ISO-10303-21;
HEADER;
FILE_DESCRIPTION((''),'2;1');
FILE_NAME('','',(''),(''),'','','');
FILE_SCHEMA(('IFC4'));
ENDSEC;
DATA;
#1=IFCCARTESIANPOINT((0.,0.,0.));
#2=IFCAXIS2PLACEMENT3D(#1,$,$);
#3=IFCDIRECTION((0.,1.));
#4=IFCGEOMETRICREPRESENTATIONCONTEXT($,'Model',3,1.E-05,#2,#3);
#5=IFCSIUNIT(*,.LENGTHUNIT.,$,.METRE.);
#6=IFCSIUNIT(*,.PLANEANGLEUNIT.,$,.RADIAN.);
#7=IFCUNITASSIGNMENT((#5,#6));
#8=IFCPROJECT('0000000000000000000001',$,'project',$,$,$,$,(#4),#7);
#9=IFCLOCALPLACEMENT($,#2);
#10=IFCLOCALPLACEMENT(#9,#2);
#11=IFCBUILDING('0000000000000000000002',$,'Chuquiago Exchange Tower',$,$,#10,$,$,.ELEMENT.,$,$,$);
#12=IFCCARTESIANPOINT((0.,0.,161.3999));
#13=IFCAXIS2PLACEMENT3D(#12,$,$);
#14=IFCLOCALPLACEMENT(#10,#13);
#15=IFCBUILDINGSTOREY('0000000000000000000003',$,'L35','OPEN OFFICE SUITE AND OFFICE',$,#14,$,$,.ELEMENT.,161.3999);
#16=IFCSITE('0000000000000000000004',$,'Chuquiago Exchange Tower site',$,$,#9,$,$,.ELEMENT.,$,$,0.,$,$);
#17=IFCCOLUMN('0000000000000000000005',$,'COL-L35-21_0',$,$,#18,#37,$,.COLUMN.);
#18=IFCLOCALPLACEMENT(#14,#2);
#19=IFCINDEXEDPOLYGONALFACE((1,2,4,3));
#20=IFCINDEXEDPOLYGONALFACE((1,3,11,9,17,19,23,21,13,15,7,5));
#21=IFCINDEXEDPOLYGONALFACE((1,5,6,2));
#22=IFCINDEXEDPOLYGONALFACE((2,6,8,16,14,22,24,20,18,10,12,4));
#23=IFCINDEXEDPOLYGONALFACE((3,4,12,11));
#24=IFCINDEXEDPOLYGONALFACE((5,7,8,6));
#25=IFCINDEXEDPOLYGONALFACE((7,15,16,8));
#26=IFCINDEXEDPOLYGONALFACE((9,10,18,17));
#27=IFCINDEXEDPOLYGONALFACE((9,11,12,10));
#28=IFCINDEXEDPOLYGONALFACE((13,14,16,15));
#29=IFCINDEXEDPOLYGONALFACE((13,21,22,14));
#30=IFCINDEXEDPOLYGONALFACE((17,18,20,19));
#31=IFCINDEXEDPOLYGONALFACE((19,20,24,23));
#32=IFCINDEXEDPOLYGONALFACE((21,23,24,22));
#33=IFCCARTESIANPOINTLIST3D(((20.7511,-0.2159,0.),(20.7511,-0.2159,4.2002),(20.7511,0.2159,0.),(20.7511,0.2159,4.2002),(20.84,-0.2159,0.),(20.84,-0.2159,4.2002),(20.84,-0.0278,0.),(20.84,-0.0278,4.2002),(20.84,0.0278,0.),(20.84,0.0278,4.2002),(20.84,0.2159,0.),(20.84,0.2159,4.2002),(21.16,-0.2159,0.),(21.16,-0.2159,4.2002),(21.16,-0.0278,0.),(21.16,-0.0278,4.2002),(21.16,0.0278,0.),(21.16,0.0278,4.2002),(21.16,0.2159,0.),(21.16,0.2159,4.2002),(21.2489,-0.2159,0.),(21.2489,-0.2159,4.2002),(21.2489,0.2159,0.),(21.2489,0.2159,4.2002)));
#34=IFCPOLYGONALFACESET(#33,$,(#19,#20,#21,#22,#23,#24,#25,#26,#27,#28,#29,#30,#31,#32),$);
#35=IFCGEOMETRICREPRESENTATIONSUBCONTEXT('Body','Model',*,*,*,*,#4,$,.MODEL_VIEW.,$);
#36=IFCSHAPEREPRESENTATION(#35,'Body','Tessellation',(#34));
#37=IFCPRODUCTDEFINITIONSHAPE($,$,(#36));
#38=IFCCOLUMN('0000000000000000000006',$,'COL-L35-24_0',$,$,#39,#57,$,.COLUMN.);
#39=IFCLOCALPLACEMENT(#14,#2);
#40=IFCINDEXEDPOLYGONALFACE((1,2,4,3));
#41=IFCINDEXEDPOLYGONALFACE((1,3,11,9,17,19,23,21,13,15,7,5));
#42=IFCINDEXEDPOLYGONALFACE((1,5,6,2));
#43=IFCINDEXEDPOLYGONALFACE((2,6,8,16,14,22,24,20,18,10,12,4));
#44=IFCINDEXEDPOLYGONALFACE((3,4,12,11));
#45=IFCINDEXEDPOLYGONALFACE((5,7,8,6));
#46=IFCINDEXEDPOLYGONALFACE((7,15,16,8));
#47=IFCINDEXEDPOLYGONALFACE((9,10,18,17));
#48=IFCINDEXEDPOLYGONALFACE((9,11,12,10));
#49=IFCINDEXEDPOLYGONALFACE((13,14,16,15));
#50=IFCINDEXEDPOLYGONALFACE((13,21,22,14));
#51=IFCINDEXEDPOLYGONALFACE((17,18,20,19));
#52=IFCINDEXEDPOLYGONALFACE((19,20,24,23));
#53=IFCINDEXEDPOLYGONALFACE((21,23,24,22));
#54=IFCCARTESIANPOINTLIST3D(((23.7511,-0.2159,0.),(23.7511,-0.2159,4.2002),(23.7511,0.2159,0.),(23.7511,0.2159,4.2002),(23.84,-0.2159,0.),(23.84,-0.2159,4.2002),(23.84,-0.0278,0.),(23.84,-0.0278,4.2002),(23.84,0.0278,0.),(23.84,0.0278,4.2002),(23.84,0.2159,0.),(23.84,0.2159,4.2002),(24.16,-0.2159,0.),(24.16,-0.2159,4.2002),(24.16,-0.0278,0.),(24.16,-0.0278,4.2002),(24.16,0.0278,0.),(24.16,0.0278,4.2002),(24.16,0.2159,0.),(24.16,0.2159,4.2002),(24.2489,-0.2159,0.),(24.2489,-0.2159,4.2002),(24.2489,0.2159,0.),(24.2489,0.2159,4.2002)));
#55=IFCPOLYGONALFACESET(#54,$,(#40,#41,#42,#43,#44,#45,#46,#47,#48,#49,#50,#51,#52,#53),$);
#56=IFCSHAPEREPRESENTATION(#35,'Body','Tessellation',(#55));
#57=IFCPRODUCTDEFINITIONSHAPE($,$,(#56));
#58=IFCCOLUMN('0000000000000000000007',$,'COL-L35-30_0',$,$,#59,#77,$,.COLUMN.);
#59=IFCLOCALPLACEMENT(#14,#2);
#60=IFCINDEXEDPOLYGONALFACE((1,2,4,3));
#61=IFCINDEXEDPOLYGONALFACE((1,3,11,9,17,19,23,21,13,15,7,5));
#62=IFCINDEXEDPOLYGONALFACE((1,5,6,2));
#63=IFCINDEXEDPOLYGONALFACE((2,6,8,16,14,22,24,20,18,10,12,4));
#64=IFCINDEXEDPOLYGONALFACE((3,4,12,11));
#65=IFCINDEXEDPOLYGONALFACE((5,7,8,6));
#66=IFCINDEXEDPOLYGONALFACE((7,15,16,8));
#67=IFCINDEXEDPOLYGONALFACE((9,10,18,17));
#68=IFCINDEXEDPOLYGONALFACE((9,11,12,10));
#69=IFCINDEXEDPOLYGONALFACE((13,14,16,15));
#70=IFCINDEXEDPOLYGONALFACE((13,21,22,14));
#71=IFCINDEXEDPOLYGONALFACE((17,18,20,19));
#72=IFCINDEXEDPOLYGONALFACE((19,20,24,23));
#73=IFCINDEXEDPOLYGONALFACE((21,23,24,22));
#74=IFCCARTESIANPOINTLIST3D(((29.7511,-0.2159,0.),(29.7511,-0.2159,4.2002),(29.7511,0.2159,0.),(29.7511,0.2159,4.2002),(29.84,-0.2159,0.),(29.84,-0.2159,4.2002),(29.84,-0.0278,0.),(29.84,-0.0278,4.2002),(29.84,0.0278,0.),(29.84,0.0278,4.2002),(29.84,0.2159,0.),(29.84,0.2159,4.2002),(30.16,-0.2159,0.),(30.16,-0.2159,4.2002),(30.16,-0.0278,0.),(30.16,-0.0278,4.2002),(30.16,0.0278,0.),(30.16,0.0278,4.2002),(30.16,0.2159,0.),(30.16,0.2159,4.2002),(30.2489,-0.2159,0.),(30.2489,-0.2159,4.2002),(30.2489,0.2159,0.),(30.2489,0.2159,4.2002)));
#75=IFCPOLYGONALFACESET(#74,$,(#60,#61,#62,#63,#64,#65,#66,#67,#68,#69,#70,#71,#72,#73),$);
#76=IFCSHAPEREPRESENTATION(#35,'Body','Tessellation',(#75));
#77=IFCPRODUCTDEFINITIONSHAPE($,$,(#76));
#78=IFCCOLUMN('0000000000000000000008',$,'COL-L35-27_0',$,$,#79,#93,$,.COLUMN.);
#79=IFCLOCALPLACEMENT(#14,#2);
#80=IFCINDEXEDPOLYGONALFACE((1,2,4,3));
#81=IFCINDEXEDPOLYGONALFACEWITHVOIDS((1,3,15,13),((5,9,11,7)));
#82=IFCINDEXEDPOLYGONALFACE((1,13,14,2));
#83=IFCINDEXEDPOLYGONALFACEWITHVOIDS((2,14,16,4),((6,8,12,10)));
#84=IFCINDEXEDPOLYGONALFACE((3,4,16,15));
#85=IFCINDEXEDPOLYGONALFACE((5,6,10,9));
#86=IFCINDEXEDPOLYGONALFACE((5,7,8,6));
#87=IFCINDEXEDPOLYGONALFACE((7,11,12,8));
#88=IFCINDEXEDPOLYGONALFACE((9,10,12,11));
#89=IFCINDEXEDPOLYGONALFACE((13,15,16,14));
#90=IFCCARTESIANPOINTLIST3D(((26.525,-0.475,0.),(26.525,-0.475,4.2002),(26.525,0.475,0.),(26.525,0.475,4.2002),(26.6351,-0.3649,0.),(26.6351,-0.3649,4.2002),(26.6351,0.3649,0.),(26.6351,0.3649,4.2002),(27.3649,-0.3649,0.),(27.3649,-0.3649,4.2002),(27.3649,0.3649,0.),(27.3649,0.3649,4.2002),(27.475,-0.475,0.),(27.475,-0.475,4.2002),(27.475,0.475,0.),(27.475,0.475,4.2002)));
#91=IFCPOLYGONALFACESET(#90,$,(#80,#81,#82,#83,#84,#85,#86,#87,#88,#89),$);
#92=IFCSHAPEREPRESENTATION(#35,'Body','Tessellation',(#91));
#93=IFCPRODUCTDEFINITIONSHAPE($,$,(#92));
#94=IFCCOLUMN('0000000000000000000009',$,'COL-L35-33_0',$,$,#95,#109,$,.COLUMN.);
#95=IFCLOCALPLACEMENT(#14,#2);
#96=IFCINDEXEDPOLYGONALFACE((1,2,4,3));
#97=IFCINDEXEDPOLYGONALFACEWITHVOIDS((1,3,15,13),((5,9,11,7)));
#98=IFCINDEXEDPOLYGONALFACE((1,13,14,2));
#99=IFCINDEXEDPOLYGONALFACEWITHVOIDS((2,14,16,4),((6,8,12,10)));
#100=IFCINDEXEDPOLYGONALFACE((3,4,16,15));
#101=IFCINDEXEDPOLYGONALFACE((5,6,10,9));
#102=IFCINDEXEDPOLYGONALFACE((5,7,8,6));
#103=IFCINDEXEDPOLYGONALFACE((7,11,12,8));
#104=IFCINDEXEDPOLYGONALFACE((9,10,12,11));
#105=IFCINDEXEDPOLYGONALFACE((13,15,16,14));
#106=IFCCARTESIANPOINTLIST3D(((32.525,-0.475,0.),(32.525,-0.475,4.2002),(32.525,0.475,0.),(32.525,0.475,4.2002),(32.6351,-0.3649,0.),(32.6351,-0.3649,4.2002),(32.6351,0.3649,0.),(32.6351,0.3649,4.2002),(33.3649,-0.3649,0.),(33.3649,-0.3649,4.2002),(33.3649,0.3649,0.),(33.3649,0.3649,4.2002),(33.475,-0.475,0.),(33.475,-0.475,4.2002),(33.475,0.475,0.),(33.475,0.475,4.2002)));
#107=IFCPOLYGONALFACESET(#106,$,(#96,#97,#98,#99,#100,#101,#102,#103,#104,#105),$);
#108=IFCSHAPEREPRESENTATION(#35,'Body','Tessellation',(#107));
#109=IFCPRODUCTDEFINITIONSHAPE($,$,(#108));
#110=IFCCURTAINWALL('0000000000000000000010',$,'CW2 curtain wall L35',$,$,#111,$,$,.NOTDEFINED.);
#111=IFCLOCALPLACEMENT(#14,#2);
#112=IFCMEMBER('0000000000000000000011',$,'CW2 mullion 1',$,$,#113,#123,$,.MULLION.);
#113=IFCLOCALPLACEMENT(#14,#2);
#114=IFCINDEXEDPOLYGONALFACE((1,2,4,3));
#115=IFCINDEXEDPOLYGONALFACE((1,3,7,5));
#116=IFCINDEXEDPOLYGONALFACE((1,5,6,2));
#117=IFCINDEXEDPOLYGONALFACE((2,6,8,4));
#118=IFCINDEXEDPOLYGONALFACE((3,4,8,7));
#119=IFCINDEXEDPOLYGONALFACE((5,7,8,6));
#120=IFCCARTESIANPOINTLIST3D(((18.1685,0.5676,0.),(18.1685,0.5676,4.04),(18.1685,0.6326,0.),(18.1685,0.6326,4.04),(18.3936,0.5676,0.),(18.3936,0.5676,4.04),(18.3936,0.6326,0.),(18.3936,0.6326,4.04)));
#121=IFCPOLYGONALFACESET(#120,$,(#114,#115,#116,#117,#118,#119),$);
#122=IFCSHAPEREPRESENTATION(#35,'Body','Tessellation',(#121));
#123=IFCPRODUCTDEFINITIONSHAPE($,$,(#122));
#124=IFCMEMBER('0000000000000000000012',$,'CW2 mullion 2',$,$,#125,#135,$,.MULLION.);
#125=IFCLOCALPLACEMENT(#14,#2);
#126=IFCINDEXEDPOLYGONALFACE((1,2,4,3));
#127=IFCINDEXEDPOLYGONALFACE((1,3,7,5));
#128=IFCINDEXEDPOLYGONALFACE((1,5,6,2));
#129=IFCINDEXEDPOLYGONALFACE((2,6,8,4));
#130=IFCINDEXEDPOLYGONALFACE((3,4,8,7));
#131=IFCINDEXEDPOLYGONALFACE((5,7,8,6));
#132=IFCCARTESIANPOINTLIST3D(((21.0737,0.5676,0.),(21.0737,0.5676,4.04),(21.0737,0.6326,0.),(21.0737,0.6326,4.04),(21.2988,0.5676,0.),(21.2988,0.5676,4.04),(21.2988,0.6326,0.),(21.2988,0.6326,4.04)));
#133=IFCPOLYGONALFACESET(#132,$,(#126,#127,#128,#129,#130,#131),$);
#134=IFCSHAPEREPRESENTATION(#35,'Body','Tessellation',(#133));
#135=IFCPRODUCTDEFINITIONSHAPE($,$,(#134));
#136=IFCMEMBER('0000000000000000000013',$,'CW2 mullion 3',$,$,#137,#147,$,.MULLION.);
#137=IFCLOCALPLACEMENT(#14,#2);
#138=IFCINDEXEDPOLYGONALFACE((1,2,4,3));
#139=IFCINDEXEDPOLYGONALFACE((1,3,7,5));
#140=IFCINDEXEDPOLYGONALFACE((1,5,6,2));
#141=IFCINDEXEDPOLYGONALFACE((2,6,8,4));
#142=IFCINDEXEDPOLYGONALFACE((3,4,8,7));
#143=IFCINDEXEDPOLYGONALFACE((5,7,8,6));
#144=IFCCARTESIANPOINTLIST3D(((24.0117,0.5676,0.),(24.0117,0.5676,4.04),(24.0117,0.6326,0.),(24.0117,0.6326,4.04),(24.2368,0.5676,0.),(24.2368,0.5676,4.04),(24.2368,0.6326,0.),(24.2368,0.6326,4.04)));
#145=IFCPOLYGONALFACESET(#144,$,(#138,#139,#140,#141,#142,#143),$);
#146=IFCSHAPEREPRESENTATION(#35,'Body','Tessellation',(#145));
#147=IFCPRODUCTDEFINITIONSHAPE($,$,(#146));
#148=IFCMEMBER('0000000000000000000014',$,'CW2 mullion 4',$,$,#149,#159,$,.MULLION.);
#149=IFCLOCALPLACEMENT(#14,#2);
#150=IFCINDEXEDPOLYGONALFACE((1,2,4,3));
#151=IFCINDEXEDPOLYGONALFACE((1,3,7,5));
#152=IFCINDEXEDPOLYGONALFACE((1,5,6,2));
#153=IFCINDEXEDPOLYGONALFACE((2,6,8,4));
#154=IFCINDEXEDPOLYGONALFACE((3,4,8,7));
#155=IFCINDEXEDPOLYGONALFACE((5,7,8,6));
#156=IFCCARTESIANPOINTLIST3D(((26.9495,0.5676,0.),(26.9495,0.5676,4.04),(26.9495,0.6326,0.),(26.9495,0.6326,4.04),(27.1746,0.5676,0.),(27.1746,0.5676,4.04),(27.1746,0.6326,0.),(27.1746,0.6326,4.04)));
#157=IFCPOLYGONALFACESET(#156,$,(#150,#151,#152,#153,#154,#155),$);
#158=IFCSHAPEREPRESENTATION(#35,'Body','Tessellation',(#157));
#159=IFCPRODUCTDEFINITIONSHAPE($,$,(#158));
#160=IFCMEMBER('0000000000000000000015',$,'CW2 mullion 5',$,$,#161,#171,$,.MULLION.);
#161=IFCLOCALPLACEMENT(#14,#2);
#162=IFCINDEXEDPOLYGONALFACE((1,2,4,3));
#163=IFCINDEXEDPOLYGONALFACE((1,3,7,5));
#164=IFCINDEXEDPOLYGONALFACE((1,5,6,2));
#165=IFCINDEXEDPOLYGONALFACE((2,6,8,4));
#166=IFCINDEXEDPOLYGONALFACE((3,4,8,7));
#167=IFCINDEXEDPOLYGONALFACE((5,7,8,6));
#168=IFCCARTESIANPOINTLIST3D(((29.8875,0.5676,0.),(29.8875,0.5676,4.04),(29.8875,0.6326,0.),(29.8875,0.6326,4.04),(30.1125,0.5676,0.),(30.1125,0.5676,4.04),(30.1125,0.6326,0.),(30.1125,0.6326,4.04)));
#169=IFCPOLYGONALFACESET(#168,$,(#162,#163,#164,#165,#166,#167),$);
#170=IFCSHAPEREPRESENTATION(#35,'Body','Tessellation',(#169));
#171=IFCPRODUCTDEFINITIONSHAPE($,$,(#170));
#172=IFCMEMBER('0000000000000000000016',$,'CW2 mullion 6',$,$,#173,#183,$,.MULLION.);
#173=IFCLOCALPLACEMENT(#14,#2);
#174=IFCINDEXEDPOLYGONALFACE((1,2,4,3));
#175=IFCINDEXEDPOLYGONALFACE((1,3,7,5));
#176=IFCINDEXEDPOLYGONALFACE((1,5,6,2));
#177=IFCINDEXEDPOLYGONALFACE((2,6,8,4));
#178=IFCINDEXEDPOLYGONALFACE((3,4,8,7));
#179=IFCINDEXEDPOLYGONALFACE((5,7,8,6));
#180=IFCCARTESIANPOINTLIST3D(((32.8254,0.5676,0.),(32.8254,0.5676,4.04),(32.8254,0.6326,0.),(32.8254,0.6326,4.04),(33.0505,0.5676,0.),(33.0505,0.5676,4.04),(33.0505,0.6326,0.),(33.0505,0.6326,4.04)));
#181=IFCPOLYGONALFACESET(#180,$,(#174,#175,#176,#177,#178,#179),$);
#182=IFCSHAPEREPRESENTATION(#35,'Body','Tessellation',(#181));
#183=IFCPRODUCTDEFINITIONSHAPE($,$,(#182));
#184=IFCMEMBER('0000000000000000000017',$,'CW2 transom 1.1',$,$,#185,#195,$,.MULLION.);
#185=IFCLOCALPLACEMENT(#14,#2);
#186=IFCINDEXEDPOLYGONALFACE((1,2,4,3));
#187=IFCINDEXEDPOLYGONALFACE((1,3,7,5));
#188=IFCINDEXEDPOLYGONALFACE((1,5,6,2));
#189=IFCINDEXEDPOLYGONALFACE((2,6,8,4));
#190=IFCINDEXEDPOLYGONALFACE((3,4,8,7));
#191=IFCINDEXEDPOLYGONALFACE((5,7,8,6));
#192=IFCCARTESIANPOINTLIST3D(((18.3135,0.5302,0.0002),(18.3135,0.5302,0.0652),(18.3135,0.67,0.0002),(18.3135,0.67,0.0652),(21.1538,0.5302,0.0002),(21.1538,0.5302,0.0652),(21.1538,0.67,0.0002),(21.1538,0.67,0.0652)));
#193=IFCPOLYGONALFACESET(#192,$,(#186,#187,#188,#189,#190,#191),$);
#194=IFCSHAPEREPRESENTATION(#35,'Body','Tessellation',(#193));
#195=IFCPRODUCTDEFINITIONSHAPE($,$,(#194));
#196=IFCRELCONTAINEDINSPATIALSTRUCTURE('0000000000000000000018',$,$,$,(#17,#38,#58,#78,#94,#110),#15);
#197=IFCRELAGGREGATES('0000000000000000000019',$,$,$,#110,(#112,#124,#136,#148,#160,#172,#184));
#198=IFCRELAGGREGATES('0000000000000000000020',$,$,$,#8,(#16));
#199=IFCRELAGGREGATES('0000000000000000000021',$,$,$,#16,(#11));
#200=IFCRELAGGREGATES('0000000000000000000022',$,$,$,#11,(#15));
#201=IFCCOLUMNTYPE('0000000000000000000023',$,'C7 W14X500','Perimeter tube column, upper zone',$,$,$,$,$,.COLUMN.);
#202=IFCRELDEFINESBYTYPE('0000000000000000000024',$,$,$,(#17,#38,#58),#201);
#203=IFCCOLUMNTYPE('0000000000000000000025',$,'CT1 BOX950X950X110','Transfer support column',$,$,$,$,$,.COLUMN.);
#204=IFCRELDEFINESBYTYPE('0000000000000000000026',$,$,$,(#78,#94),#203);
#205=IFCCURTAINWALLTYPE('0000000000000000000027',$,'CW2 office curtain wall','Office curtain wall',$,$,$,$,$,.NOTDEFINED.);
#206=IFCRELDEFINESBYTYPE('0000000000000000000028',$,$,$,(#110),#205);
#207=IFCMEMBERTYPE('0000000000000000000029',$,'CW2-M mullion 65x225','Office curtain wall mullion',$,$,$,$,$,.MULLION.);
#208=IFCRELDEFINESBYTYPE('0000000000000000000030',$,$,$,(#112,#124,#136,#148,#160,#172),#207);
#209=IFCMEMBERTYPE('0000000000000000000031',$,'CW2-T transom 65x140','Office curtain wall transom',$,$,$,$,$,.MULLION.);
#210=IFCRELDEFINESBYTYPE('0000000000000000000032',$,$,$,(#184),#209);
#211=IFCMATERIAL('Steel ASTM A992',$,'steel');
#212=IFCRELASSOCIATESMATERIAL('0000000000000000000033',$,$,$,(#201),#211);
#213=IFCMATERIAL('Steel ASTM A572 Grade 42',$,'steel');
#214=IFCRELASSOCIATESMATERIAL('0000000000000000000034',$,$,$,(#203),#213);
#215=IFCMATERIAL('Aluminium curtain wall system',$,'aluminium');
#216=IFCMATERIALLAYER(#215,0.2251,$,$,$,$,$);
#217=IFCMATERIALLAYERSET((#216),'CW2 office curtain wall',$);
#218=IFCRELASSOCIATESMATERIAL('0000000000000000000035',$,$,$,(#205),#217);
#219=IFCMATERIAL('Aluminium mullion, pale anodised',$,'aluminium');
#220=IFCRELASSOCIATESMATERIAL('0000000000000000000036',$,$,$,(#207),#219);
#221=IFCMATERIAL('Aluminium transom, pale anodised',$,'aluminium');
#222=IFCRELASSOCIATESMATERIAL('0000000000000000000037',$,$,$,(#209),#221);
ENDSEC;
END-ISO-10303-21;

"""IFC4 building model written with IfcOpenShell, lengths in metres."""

from ifc_helpers import new_model, si_unit, direction, frame, origin, origin_2d, place, context, subcontext, project, spatial, rectangle, hollow_rectangle, i_section, extrude, material, layer, layer_set, material_profile, profile_set, type_object, element, aggregate, save


model = new_model("IFC4")

# Units and contexts
model_context = context("Model", 3, precision=1e-05, world=origin(), true_north=direction((0.0, 1.0)))
body_context = subcontext(model_context, "Body", "Model", "MODEL_VIEW")
ifc_project = project(units=[si_unit("LENGTHUNIT", "METRE"), si_unit("PLANEANGLEUNIT", "RADIAN")], contexts=[model_context])

# Site, building, storey
site_placement = place(None, origin())
site = spatial("IfcSite", under=ifc_project, at=site_placement, Name="Chuquiago Exchange Tower site", CompositionType="ELEMENT", RefElevation=0.0)
building_placement = place(site_placement, origin())
building = spatial("IfcBuilding", under=site, at=building_placement, Name="Chuquiago Exchange Tower", CompositionType="ELEMENT")
storey_placement = place(building_placement, frame((0.0, 0.0, 161.3999)))
storey = spatial("IfcBuildingStorey", under=building, at=storey_placement, Name="L35", Description="OPEN OFFICE SUITE AND OFFICE", CompositionType="ELEMENT", Elevation=161.3999)

# Columns
ifc_material_1 = material(Name="Steel ASTM A992", Category="steel")
ifc_material_profile_1 = material_profile(ifc_material_1, i_section(OverallWidth=0.4319, OverallDepth=0.4978, WebThickness=0.0557, FlangeThickness=0.0889, at=origin_2d()), Name="W14X500")
ifc_profile_set_1 = profile_set([ifc_material_profile_1], Name="Steel ASTM A992")
column_type_1 = type_object("IfcColumnType", Name="C7 W14X500", Description="Perimeter tube column, upper zone", PredefinedType="COLUMN", material=ifc_profile_set_1)
for number, where, z_axis, x_axis, name in (
    (1, (21.0, 0.0, 0.0), (0.0, 0.0, 1.0), (0.0, -1.0, 0.0), "COL-L35-21_0"),
    (2, (24.0, 0.0, 0.0), (0.0, 0.0, 1.0), (0.0, -1.0, 0.0), "COL-L35-24_0"),
    (3, (30.0, 0.0, 0.0), (0.0, 0.0, 1.0), (0.0, -1.0, 0.0), "COL-L35-30_0"),
):
    element("IfcColumn", number, at=place(storey_placement, frame(where, z_axis=z_axis, x_axis=x_axis)), inside=storey, type_object=column_type_1, Name=name, PredefinedType="COLUMN", context=body_context, shape_type="SweptSolid", body=[
        extrude(i_section(OverallWidth=0.4319, OverallDepth=0.4978, WebThickness=0.0557, FlangeThickness=0.0889, at=origin_2d()), origin(), (0.0, 0.0, 1.0), 4.2002),
    ])
ifc_material_2 = material(Name="Steel ASTM A572 Grade 42", Category="steel")
ifc_material_profile_2 = material_profile(ifc_material_2, hollow_rectangle(XDim=0.95, YDim=0.95, WallThickness=0.1101, at=origin_2d()), Name="BOX950X950X110")
ifc_profile_set_2 = profile_set([ifc_material_profile_2], Name="Steel ASTM A572 Grade 42")
column_type_2 = type_object("IfcColumnType", Name="CT1 BOX950X950X110", Description="Transfer support column", PredefinedType="COLUMN", material=ifc_profile_set_2)
for number, where, z_axis, x_axis, name in (
    (4, (27.0, 0.0, 0.0), (0.0, 0.0, 1.0), (0.0, -1.0, 0.0), "COL-L35-27_0"),
    (5, (33.0, 0.0, 0.0), (0.0, 0.0, 1.0), (0.0, -1.0, 0.0), "COL-L35-33_0"),
):
    element("IfcColumn", number, at=place(storey_placement, frame(where, z_axis=z_axis, x_axis=x_axis)), inside=storey, type_object=column_type_2, Name=name, PredefinedType="COLUMN", context=body_context, shape_type="SweptSolid", body=[
        extrude(hollow_rectangle(XDim=0.95, YDim=0.95, WallThickness=0.1101, at=origin_2d()), origin(), (0.0, 0.0, 1.0), 4.2002),
    ])

# Curtain wall, members
ifc_material_3 = material(Name="Aluminium curtain wall system", Category="aluminium")
ifc_layer_1 = layer(ifc_material_3, 0.2251)
ifc_layer_set_1 = layer_set([ifc_layer_1], Name="CW2 office curtain wall")
curtain_wall_type_1 = type_object("IfcCurtainWallType", Name="CW2 office curtain wall", Description="Office curtain wall", PredefinedType="NOTDEFINED", material=ifc_layer_set_1)
curtain_wall_1_placement = place(storey_placement, origin())
curtain_wall_1 = element("IfcCurtainWall", 6, at=curtain_wall_1_placement, inside=storey, type_object=curtain_wall_type_1, Name="CW2 curtain wall L35", PredefinedType="NOTDEFINED")
ifc_material_4 = material(Name="Aluminium mullion, pale anodised", Category="aluminium")
ifc_material_profile_3 = material_profile(ifc_material_4, rectangle(XDim=0.0649, YDim=0.2251, at=origin_2d()), Name="AL 65x225")
ifc_profile_set_3 = profile_set([ifc_material_profile_3], Name="Aluminium mullion, pale anodised")
member_type_1 = type_object("IfcMemberType", Name="CW2-M mullion 65x225", Description="Office curtain wall mullion", PredefinedType="MULLION", material=ifc_profile_set_3)
member_1_placement = place(storey_placement, frame((18.281, 0.6001, 0.0), z_axis=(0.0, 0.0, 1.0), x_axis=(0.0, 1.0, 0.0)))
member_1 = element("IfcMember", 7, at=member_1_placement, type_object=member_type_1, Name="CW2 mullion 1", PredefinedType="MULLION", context=body_context, shape_type="SweptSolid", body=[
    extrude(rectangle(XDim=0.0649, YDim=0.2251, at=origin_2d()), origin(), (0.0, 0.0, 1.0), 4.04),
])
member_2_placement = place(storey_placement, frame((21.1863, 0.6001, 0.0), z_axis=(0.0, 0.0, 1.0), x_axis=(0.0, 1.0, 0.0)))
member_2 = element("IfcMember", 8, at=member_2_placement, type_object=member_type_1, Name="CW2 mullion 2", PredefinedType="MULLION", context=body_context, shape_type="SweptSolid", body=[
    extrude(rectangle(XDim=0.0649, YDim=0.2251, at=origin_2d()), origin(), (0.0, 0.0, 1.0), 4.04),
])
member_3_placement = place(storey_placement, frame((24.1243, 0.6001, 0.0), z_axis=(0.0, 0.0, 1.0), x_axis=(0.0, 1.0, 0.0)))
member_3 = element("IfcMember", 9, at=member_3_placement, type_object=member_type_1, Name="CW2 mullion 3", PredefinedType="MULLION", context=body_context, shape_type="SweptSolid", body=[
    extrude(rectangle(XDim=0.0649, YDim=0.2251, at=origin_2d()), origin(), (0.0, 0.0, 1.0), 4.04),
])
member_4_placement = place(storey_placement, frame((27.062, 0.6001, 0.0), z_axis=(0.0, 0.0, 1.0), x_axis=(0.0, 1.0, 0.0)))
member_4 = element("IfcMember", 10, at=member_4_placement, type_object=member_type_1, Name="CW2 mullion 4", PredefinedType="MULLION", context=body_context, shape_type="SweptSolid", body=[
    extrude(rectangle(XDim=0.0649, YDim=0.2251, at=origin_2d()), origin(), (0.0, 0.0, 1.0), 4.04),
])
member_5_placement = place(storey_placement, frame((30.0, 0.6001, 0.0), z_axis=(0.0, 0.0, 1.0), x_axis=(0.0, 1.0, 0.0)))
member_5 = element("IfcMember", 11, at=member_5_placement, type_object=member_type_1, Name="CW2 mullion 5", PredefinedType="MULLION", context=body_context, shape_type="SweptSolid", body=[
    extrude(rectangle(XDim=0.0649, YDim=0.2251, at=origin_2d()), origin(), (0.0, 0.0, 1.0), 4.04),
])
member_6_placement = place(storey_placement, frame((32.938, 0.6001, 0.0), z_axis=(0.0, 0.0, 1.0), x_axis=(0.0, 1.0, 0.0)))
member_6 = element("IfcMember", 12, at=member_6_placement, type_object=member_type_1, Name="CW2 mullion 6", PredefinedType="MULLION", context=body_context, shape_type="SweptSolid", body=[
    extrude(rectangle(XDim=0.0649, YDim=0.2251, at=origin_2d()), origin(), (0.0, 0.0, 1.0), 4.04),
])
ifc_material_5 = material(Name="Aluminium transom, pale anodised", Category="aluminium")
ifc_material_profile_4 = material_profile(ifc_material_5, rectangle(XDim=0.1399, YDim=0.0649, at=origin_2d()), Name="AL 140x65")
ifc_profile_set_4 = profile_set([ifc_material_profile_4], Name="Aluminium transom, pale anodised")
member_type_2 = type_object("IfcMemberType", Name="CW2-T transom 65x140", Description="Office curtain wall transom", PredefinedType="MULLION", material=ifc_profile_set_4)
member_7_placement = place(storey_placement, frame((18.3135, 0.6001, 0.0327), z_axis=(1.0, 0.0, 0.0), x_axis=(0.0, 1.0, 0.0)))
member_7 = element("IfcMember", 13, at=member_7_placement, type_object=member_type_2, Name="CW2 transom 1.1", PredefinedType="MULLION", context=body_context, shape_type="SweptSolid", body=[
    extrude(rectangle(XDim=0.1399, YDim=0.0649, at=origin_2d()), origin(), (0.0, 0.0, 1.0), 2.8403),
])

aggregate(curtain_wall_1, [member_1, member_2, member_3, member_4, member_5, member_6, member_7])

save(model, "model.ifc")
